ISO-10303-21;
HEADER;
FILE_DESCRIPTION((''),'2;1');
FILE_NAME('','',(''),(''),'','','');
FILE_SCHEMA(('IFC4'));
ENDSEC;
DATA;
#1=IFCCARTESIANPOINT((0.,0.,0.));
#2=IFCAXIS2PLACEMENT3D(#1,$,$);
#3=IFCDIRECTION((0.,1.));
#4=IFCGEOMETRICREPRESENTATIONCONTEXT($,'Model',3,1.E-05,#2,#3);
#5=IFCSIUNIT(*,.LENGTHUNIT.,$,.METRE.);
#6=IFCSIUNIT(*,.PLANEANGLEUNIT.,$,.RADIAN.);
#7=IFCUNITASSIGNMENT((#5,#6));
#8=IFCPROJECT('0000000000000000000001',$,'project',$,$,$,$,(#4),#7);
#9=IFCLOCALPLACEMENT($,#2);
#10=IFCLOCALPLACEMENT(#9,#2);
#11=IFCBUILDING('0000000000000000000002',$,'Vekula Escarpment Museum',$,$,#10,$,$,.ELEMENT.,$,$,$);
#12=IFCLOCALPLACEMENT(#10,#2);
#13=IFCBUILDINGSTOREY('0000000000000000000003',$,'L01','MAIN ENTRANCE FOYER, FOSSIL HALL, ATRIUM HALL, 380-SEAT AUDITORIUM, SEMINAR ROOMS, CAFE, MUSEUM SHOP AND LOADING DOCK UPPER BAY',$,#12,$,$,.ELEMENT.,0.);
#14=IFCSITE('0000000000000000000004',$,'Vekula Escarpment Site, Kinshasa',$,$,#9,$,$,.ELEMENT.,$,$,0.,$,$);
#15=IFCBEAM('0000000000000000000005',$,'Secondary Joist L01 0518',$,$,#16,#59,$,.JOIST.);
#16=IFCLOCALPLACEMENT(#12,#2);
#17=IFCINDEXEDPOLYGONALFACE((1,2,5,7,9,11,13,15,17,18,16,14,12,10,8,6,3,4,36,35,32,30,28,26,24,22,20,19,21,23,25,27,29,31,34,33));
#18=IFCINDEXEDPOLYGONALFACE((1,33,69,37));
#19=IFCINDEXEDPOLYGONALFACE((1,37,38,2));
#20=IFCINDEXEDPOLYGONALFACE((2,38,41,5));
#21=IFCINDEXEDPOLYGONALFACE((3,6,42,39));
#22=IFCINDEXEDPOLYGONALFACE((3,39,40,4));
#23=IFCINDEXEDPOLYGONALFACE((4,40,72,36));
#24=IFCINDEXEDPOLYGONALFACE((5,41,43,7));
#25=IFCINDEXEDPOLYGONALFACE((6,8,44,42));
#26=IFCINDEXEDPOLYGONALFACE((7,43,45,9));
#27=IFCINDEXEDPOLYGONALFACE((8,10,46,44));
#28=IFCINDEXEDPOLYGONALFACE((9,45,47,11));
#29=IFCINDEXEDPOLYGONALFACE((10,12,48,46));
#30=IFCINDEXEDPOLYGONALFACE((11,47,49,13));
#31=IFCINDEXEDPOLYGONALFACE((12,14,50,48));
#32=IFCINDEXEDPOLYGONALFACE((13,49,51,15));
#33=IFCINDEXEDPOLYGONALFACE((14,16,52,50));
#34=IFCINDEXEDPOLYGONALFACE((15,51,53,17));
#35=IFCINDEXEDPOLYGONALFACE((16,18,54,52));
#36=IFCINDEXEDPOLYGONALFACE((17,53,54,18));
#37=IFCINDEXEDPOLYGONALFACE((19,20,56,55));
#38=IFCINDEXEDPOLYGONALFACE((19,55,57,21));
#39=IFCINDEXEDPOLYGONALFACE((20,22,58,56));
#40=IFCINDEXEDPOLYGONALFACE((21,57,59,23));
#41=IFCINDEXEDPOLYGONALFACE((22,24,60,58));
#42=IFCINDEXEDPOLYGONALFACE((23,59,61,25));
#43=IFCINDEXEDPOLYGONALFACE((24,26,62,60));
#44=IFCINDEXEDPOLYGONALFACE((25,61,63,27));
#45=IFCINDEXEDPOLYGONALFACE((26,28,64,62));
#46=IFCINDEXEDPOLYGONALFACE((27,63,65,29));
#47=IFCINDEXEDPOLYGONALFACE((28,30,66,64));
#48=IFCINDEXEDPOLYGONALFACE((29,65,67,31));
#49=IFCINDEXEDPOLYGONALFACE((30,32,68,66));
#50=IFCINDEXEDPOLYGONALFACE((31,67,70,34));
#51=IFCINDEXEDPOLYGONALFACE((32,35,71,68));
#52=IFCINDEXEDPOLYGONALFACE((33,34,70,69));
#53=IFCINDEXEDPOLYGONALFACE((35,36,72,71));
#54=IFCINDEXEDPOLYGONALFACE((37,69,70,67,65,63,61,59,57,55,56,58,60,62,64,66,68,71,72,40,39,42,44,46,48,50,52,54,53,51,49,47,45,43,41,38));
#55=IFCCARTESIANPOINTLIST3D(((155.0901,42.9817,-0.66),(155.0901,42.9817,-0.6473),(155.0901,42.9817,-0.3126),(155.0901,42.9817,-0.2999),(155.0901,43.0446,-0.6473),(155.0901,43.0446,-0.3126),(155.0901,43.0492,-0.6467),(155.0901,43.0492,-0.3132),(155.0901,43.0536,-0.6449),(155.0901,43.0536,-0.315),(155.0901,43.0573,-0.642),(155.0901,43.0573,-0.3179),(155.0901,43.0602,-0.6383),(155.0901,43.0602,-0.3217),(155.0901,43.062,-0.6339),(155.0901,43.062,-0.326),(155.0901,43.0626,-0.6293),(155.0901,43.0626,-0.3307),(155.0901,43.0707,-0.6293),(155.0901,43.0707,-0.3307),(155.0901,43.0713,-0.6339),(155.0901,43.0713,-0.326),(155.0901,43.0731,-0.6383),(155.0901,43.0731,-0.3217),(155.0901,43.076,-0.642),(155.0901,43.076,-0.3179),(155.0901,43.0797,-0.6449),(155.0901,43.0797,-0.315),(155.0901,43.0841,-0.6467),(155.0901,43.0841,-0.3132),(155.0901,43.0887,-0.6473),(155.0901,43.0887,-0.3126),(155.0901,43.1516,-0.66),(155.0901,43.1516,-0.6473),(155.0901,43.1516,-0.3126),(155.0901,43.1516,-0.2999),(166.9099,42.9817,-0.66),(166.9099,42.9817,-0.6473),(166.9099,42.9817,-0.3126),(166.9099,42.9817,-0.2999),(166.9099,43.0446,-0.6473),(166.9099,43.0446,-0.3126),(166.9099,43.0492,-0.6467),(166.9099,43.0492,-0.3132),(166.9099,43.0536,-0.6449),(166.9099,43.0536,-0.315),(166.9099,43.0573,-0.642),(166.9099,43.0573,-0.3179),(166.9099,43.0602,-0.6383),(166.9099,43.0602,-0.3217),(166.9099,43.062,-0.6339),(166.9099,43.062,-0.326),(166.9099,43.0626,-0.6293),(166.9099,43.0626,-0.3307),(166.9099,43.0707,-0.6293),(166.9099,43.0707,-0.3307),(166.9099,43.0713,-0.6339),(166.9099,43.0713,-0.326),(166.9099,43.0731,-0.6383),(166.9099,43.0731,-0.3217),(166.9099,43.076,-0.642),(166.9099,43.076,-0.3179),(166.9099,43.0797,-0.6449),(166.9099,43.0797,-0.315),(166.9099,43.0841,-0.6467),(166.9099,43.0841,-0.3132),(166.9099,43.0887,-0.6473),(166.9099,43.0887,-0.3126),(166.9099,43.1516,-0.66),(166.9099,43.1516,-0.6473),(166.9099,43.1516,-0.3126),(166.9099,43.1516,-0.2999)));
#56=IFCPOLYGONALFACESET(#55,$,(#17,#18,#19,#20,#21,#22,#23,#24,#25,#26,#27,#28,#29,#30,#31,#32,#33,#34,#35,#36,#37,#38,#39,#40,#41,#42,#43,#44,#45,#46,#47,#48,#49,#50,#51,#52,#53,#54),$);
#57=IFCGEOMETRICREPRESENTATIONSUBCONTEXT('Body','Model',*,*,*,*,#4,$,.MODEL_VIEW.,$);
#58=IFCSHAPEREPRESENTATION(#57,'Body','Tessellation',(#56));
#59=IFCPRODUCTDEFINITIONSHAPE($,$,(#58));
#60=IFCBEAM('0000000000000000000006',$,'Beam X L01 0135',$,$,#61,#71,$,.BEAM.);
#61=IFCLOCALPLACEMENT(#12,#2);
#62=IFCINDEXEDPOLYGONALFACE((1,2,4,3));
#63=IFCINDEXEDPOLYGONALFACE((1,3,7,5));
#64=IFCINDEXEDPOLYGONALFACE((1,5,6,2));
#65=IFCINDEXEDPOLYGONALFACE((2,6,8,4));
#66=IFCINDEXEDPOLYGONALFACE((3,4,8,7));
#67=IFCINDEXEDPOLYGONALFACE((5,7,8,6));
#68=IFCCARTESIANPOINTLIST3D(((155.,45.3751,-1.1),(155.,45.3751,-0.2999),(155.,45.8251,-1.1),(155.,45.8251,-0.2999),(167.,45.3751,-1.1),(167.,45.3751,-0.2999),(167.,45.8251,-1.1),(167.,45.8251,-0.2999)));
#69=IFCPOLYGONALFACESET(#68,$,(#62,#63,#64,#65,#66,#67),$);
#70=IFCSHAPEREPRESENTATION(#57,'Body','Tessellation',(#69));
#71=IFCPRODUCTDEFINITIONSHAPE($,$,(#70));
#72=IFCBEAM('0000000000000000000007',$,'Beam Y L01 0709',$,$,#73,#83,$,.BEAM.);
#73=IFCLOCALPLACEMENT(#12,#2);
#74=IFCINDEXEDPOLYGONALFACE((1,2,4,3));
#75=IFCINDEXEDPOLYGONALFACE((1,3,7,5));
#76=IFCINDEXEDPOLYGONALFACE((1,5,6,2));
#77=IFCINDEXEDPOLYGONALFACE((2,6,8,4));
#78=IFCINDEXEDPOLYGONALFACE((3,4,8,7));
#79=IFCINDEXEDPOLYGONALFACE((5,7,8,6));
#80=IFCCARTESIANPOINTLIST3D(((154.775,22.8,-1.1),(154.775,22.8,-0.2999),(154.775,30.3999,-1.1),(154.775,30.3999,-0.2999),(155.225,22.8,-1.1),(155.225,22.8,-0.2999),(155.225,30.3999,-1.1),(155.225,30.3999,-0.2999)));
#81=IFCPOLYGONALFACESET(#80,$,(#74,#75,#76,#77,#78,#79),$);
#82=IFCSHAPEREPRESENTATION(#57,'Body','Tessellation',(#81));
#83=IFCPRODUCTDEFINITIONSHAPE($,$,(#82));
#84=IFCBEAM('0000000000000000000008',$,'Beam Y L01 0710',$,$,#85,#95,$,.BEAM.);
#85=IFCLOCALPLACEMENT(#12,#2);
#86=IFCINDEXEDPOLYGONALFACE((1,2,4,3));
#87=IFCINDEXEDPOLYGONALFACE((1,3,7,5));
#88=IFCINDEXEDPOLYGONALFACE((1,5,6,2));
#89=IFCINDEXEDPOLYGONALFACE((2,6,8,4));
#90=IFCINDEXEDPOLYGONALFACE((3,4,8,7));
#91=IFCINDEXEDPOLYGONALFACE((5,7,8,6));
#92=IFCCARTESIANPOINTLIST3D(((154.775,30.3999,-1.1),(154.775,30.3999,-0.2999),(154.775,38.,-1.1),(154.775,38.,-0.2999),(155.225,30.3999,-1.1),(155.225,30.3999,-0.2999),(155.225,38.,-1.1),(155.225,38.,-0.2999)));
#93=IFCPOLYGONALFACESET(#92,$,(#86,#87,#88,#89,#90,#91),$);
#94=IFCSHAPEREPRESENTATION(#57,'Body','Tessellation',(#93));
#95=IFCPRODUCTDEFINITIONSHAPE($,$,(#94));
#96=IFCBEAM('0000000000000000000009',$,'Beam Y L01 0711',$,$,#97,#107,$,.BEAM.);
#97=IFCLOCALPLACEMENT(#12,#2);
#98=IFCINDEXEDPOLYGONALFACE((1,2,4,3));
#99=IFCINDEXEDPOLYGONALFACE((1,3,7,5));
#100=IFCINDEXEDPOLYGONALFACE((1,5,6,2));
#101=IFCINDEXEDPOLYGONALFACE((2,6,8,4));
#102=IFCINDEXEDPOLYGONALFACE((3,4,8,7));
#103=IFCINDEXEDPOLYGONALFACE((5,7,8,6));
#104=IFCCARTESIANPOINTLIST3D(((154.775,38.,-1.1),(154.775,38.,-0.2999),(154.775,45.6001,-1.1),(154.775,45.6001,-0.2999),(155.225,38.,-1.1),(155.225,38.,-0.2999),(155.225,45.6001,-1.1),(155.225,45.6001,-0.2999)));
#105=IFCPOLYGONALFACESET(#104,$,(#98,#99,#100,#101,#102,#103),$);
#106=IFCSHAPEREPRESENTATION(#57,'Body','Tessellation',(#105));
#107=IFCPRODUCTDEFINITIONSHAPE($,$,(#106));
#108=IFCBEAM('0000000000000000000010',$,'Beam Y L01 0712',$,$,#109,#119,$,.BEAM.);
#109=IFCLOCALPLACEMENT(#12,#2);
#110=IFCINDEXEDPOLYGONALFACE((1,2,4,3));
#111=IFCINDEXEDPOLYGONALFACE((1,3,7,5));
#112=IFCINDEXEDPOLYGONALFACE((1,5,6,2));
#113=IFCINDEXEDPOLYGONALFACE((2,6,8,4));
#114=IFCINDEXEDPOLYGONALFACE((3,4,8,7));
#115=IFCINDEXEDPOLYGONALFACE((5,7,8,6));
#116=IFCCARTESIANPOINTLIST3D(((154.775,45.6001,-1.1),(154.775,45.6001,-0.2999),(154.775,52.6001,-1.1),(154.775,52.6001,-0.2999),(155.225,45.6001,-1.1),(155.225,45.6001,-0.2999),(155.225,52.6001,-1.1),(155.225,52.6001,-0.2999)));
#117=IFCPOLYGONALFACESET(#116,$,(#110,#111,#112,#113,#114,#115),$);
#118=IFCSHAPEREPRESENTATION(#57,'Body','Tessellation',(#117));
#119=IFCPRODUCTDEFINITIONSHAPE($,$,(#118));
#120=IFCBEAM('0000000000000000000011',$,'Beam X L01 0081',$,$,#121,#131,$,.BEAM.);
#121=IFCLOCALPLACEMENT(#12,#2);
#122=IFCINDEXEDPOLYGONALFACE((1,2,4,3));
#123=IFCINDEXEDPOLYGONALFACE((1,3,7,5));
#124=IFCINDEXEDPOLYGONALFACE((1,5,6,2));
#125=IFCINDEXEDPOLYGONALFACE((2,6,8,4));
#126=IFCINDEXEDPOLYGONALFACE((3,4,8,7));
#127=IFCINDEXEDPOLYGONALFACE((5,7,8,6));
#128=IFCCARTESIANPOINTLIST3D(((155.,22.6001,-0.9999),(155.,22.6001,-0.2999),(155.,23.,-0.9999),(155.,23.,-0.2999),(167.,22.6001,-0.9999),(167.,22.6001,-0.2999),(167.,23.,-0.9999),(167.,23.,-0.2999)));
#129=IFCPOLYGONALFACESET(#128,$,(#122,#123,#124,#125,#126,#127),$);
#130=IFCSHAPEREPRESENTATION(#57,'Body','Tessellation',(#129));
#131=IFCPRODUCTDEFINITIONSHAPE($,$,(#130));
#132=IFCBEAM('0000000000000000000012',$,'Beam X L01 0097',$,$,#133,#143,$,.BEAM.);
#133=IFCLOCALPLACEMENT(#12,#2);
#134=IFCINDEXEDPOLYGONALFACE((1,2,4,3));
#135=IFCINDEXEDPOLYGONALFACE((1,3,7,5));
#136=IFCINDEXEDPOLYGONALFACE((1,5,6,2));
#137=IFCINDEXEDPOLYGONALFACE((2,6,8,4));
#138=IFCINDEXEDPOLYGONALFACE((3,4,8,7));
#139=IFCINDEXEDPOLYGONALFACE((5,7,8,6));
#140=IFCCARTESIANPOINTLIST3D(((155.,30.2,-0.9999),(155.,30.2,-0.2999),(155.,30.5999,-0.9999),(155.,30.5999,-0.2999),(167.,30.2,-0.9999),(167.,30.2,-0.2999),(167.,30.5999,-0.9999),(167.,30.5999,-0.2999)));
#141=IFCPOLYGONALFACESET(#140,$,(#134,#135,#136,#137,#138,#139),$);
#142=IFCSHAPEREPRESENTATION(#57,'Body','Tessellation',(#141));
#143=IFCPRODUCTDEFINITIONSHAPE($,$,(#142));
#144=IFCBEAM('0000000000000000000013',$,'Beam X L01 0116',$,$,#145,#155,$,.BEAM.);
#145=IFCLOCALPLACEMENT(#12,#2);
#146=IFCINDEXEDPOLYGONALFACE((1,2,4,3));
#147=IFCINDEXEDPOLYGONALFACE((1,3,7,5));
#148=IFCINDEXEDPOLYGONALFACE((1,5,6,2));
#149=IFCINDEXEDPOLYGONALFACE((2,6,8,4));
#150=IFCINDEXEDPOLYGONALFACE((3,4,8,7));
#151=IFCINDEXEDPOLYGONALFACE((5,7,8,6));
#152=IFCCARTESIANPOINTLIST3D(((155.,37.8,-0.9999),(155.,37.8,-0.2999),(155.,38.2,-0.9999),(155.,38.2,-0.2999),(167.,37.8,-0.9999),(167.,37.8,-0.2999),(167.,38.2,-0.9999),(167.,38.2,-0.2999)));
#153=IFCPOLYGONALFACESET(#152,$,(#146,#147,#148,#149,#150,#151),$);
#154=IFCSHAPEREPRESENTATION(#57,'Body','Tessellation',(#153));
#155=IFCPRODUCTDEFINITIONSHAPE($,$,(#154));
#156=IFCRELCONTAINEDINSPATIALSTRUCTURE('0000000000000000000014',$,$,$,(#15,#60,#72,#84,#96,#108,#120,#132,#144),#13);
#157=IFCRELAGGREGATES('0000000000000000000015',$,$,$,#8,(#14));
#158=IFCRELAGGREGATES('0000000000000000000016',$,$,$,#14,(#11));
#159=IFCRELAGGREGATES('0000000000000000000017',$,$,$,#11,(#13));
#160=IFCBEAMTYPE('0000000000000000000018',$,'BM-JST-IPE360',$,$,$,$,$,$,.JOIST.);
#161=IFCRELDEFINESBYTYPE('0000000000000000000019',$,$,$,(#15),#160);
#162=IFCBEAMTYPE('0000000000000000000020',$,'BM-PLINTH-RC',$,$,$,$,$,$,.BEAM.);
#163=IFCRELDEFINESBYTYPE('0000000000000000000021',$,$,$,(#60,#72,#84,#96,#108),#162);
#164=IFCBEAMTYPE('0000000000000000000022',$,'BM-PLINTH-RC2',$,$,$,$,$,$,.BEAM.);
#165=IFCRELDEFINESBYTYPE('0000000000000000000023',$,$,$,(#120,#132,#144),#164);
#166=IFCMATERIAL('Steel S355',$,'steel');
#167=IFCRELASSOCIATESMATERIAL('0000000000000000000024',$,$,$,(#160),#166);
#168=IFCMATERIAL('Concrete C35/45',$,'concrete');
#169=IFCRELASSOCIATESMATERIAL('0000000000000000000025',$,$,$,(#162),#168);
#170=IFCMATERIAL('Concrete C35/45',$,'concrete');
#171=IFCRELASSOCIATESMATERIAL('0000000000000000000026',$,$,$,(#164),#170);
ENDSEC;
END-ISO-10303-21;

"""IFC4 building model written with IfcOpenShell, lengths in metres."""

from ifc_helpers import new_model, si_unit, direction, frame, origin, origin_2d, place, context, subcontext, project, spatial, rectangle, i_section, extrude, material, material_profile, profile_set, type_object, element, save


model = new_model("IFC4")

# Units and contexts
model_context = context("Model", 3, precision=1e-05, world=origin(), true_north=direction((0.0, 1.0)))
body_context = subcontext(model_context, "Body", "Model", "MODEL_VIEW")
ifc_project = project(units=[si_unit("LENGTHUNIT", "METRE"), si_unit("PLANEANGLEUNIT", "RADIAN")], contexts=[model_context])

# Site, building, storey
site_placement = place(None, origin())
site = spatial("IfcSite", under=ifc_project, at=site_placement, Name="Vekula Escarpment Site, Kinshasa", CompositionType="ELEMENT", RefElevation=0.0)
building_placement = place(site_placement, origin())
building = spatial("IfcBuilding", under=site, at=building_placement, Name="Vekula Escarpment Museum", CompositionType="ELEMENT")
storey_placement = place(building_placement, origin())
storey = spatial("IfcBuildingStorey", under=building, at=storey_placement, Name="L01", Description="MAIN ENTRANCE FOYER, FOSSIL HALL, ATRIUM HALL, 380-SEAT AUDITORIUM, SEMINAR ROOMS, CAFE, MUSEUM SHOP AND LOADING DOCK UPPER BAY", CompositionType="ELEMENT", Elevation=0.0)

# Beams
ifc_material_1 = material(Name="Steel S355", Category="steel")
ifc_material_profile_1 = material_profile(ifc_material_1, i_section(OverallWidth=0.1699, OverallDepth=0.3601, WebThickness=0.0081, FlangeThickness=0.0127, FilletRadius=0.0181, at=origin_2d()), Name="IPE 360")
ifc_profile_set_1 = profile_set([ifc_material_profile_1], Name="Steel S355")
beam_type_1 = type_object("IfcBeamType", Name="BM-JST-IPE360", PredefinedType="JOIST", material=ifc_profile_set_1)
for number, where, z_axis, x_axis, name in (
    (1, (155.0901, 43.0667, -0.48), (1.0, 0.0, 0.0), (0.0, 1.0, 0.0), "Secondary Joist L01 0518"),
):
    element("IfcBeam", number, at=place(storey_placement, frame(where, z_axis=z_axis, x_axis=x_axis)), inside=storey, type_object=beam_type_1, Name=name, PredefinedType="JOIST", context=body_context, shape_type="SweptSolid", body=[
        extrude(i_section(OverallWidth=0.1699, OverallDepth=0.3601, WebThickness=0.0081, FlangeThickness=0.0127, FilletRadius=0.0181, at=origin_2d()), origin(), (0.0, 0.0, 1.0), 11.8198),
    ])
ifc_material_2 = material(Name="Concrete C35/45", Category="concrete")
ifc_material_profile_2 = material_profile(ifc_material_2, rectangle(XDim=0.45, YDim=0.8, at=origin_2d()), Name="RC 450x800")
ifc_profile_set_2 = profile_set([ifc_material_profile_2], Name="Concrete C35/45")
beam_type_2 = type_object("IfcBeamType", Name="BM-PLINTH-RC", PredefinedType="BEAM", material=ifc_profile_set_2)
beam_1_placement = place(storey_placement, frame((155.0, 45.6001, -0.7), z_axis=(1.0, 0.0, 0.0), x_axis=(0.0, 1.0, 0.0)))
element("IfcBeam", 2, at=beam_1_placement, inside=storey, type_object=beam_type_2, Name="Beam X L01 0135", PredefinedType="BEAM", context=body_context, shape_type="SweptSolid", body=[
    extrude(rectangle(XDim=0.45, YDim=0.8, at=origin_2d()), origin(), (0.0, 0.0, 1.0), 12.0),
])
beam_2_placement = place(storey_placement, frame((155.0, 22.8, -0.7), z_axis=(0.0, 1.0, 0.0), x_axis=(-1.0, 0.0, 0.0)))
element("IfcBeam", 3, at=beam_2_placement, inside=storey, type_object=beam_type_2, Name="Beam Y L01 0709", PredefinedType="BEAM", context=body_context, shape_type="SweptSolid", body=[
    extrude(rectangle(XDim=0.45, YDim=0.8, at=origin_2d()), origin(), (0.0, 0.0, 1.0), 7.5999),
])
for number, where, z_axis, x_axis, name in (
    (4, (155.0, 30.3999, -0.7), (0.0, 1.0, 0.0), (-1.0, 0.0, 0.0), "Beam Y L01 0710"),
    (5, (155.0, 38.0, -0.7), (0.0, 1.0, 0.0), (-1.0, 0.0, 0.0), "Beam Y L01 0711"),
):
    element("IfcBeam", number, at=place(storey_placement, frame(where, z_axis=z_axis, x_axis=x_axis)), inside=storey, type_object=beam_type_2, Name=name, PredefinedType="BEAM", context=body_context, shape_type="SweptSolid", body=[
        extrude(rectangle(XDim=0.45, YDim=0.8, at=origin_2d()), origin(), (0.0, 0.0, 1.0), 7.6001),
    ])
beam_3_placement = place(storey_placement, frame((155.0, 45.6001, -0.7), z_axis=(0.0, 1.0, 0.0), x_axis=(-1.0, 0.0, 0.0)))
element("IfcBeam", 6, at=beam_3_placement, inside=storey, type_object=beam_type_2, Name="Beam Y L01 0712", PredefinedType="BEAM", context=body_context, shape_type="SweptSolid", body=[
    extrude(rectangle(XDim=0.45, YDim=0.8, at=origin_2d()), origin(), (0.0, 0.0, 1.0), 7.0),
])
ifc_material_3 = material(Name="Concrete C35/45", Category="concrete")
ifc_material_profile_3 = material_profile(ifc_material_3, rectangle(XDim=0.3999, YDim=0.7, at=origin_2d()), Name="RC 400x700")
ifc_profile_set_3 = profile_set([ifc_material_profile_3], Name="Concrete C35/45")
beam_type_3 = type_object("IfcBeamType", Name="BM-PLINTH-RC2", PredefinedType="BEAM", material=ifc_profile_set_3)
for number, where, z_axis, x_axis, name in (
    (7, (155.0, 22.8, -0.6499), (1.0, 0.0, 0.0), (0.0, 1.0, 0.0), "Beam X L01 0081"),
    (8, (155.0, 30.3999, -0.6499), (1.0, 0.0, 0.0), (0.0, 1.0, 0.0), "Beam X L01 0097"),
    (9, (155.0, 38.0, -0.6499), (1.0, 0.0, 0.0), (0.0, 1.0, 0.0), "Beam X L01 0116"),
):
    element("IfcBeam", number, at=place(storey_placement, frame(where, z_axis=z_axis, x_axis=x_axis)), inside=storey, type_object=beam_type_3, Name=name, PredefinedType="BEAM", context=body_context, shape_type="SweptSolid", body=[
        extrude(rectangle(XDim=0.3999, YDim=0.7, at=origin_2d()), origin(), (0.0, 0.0, 1.0), 12.0),
    ])

save(model, "model.ifc")
